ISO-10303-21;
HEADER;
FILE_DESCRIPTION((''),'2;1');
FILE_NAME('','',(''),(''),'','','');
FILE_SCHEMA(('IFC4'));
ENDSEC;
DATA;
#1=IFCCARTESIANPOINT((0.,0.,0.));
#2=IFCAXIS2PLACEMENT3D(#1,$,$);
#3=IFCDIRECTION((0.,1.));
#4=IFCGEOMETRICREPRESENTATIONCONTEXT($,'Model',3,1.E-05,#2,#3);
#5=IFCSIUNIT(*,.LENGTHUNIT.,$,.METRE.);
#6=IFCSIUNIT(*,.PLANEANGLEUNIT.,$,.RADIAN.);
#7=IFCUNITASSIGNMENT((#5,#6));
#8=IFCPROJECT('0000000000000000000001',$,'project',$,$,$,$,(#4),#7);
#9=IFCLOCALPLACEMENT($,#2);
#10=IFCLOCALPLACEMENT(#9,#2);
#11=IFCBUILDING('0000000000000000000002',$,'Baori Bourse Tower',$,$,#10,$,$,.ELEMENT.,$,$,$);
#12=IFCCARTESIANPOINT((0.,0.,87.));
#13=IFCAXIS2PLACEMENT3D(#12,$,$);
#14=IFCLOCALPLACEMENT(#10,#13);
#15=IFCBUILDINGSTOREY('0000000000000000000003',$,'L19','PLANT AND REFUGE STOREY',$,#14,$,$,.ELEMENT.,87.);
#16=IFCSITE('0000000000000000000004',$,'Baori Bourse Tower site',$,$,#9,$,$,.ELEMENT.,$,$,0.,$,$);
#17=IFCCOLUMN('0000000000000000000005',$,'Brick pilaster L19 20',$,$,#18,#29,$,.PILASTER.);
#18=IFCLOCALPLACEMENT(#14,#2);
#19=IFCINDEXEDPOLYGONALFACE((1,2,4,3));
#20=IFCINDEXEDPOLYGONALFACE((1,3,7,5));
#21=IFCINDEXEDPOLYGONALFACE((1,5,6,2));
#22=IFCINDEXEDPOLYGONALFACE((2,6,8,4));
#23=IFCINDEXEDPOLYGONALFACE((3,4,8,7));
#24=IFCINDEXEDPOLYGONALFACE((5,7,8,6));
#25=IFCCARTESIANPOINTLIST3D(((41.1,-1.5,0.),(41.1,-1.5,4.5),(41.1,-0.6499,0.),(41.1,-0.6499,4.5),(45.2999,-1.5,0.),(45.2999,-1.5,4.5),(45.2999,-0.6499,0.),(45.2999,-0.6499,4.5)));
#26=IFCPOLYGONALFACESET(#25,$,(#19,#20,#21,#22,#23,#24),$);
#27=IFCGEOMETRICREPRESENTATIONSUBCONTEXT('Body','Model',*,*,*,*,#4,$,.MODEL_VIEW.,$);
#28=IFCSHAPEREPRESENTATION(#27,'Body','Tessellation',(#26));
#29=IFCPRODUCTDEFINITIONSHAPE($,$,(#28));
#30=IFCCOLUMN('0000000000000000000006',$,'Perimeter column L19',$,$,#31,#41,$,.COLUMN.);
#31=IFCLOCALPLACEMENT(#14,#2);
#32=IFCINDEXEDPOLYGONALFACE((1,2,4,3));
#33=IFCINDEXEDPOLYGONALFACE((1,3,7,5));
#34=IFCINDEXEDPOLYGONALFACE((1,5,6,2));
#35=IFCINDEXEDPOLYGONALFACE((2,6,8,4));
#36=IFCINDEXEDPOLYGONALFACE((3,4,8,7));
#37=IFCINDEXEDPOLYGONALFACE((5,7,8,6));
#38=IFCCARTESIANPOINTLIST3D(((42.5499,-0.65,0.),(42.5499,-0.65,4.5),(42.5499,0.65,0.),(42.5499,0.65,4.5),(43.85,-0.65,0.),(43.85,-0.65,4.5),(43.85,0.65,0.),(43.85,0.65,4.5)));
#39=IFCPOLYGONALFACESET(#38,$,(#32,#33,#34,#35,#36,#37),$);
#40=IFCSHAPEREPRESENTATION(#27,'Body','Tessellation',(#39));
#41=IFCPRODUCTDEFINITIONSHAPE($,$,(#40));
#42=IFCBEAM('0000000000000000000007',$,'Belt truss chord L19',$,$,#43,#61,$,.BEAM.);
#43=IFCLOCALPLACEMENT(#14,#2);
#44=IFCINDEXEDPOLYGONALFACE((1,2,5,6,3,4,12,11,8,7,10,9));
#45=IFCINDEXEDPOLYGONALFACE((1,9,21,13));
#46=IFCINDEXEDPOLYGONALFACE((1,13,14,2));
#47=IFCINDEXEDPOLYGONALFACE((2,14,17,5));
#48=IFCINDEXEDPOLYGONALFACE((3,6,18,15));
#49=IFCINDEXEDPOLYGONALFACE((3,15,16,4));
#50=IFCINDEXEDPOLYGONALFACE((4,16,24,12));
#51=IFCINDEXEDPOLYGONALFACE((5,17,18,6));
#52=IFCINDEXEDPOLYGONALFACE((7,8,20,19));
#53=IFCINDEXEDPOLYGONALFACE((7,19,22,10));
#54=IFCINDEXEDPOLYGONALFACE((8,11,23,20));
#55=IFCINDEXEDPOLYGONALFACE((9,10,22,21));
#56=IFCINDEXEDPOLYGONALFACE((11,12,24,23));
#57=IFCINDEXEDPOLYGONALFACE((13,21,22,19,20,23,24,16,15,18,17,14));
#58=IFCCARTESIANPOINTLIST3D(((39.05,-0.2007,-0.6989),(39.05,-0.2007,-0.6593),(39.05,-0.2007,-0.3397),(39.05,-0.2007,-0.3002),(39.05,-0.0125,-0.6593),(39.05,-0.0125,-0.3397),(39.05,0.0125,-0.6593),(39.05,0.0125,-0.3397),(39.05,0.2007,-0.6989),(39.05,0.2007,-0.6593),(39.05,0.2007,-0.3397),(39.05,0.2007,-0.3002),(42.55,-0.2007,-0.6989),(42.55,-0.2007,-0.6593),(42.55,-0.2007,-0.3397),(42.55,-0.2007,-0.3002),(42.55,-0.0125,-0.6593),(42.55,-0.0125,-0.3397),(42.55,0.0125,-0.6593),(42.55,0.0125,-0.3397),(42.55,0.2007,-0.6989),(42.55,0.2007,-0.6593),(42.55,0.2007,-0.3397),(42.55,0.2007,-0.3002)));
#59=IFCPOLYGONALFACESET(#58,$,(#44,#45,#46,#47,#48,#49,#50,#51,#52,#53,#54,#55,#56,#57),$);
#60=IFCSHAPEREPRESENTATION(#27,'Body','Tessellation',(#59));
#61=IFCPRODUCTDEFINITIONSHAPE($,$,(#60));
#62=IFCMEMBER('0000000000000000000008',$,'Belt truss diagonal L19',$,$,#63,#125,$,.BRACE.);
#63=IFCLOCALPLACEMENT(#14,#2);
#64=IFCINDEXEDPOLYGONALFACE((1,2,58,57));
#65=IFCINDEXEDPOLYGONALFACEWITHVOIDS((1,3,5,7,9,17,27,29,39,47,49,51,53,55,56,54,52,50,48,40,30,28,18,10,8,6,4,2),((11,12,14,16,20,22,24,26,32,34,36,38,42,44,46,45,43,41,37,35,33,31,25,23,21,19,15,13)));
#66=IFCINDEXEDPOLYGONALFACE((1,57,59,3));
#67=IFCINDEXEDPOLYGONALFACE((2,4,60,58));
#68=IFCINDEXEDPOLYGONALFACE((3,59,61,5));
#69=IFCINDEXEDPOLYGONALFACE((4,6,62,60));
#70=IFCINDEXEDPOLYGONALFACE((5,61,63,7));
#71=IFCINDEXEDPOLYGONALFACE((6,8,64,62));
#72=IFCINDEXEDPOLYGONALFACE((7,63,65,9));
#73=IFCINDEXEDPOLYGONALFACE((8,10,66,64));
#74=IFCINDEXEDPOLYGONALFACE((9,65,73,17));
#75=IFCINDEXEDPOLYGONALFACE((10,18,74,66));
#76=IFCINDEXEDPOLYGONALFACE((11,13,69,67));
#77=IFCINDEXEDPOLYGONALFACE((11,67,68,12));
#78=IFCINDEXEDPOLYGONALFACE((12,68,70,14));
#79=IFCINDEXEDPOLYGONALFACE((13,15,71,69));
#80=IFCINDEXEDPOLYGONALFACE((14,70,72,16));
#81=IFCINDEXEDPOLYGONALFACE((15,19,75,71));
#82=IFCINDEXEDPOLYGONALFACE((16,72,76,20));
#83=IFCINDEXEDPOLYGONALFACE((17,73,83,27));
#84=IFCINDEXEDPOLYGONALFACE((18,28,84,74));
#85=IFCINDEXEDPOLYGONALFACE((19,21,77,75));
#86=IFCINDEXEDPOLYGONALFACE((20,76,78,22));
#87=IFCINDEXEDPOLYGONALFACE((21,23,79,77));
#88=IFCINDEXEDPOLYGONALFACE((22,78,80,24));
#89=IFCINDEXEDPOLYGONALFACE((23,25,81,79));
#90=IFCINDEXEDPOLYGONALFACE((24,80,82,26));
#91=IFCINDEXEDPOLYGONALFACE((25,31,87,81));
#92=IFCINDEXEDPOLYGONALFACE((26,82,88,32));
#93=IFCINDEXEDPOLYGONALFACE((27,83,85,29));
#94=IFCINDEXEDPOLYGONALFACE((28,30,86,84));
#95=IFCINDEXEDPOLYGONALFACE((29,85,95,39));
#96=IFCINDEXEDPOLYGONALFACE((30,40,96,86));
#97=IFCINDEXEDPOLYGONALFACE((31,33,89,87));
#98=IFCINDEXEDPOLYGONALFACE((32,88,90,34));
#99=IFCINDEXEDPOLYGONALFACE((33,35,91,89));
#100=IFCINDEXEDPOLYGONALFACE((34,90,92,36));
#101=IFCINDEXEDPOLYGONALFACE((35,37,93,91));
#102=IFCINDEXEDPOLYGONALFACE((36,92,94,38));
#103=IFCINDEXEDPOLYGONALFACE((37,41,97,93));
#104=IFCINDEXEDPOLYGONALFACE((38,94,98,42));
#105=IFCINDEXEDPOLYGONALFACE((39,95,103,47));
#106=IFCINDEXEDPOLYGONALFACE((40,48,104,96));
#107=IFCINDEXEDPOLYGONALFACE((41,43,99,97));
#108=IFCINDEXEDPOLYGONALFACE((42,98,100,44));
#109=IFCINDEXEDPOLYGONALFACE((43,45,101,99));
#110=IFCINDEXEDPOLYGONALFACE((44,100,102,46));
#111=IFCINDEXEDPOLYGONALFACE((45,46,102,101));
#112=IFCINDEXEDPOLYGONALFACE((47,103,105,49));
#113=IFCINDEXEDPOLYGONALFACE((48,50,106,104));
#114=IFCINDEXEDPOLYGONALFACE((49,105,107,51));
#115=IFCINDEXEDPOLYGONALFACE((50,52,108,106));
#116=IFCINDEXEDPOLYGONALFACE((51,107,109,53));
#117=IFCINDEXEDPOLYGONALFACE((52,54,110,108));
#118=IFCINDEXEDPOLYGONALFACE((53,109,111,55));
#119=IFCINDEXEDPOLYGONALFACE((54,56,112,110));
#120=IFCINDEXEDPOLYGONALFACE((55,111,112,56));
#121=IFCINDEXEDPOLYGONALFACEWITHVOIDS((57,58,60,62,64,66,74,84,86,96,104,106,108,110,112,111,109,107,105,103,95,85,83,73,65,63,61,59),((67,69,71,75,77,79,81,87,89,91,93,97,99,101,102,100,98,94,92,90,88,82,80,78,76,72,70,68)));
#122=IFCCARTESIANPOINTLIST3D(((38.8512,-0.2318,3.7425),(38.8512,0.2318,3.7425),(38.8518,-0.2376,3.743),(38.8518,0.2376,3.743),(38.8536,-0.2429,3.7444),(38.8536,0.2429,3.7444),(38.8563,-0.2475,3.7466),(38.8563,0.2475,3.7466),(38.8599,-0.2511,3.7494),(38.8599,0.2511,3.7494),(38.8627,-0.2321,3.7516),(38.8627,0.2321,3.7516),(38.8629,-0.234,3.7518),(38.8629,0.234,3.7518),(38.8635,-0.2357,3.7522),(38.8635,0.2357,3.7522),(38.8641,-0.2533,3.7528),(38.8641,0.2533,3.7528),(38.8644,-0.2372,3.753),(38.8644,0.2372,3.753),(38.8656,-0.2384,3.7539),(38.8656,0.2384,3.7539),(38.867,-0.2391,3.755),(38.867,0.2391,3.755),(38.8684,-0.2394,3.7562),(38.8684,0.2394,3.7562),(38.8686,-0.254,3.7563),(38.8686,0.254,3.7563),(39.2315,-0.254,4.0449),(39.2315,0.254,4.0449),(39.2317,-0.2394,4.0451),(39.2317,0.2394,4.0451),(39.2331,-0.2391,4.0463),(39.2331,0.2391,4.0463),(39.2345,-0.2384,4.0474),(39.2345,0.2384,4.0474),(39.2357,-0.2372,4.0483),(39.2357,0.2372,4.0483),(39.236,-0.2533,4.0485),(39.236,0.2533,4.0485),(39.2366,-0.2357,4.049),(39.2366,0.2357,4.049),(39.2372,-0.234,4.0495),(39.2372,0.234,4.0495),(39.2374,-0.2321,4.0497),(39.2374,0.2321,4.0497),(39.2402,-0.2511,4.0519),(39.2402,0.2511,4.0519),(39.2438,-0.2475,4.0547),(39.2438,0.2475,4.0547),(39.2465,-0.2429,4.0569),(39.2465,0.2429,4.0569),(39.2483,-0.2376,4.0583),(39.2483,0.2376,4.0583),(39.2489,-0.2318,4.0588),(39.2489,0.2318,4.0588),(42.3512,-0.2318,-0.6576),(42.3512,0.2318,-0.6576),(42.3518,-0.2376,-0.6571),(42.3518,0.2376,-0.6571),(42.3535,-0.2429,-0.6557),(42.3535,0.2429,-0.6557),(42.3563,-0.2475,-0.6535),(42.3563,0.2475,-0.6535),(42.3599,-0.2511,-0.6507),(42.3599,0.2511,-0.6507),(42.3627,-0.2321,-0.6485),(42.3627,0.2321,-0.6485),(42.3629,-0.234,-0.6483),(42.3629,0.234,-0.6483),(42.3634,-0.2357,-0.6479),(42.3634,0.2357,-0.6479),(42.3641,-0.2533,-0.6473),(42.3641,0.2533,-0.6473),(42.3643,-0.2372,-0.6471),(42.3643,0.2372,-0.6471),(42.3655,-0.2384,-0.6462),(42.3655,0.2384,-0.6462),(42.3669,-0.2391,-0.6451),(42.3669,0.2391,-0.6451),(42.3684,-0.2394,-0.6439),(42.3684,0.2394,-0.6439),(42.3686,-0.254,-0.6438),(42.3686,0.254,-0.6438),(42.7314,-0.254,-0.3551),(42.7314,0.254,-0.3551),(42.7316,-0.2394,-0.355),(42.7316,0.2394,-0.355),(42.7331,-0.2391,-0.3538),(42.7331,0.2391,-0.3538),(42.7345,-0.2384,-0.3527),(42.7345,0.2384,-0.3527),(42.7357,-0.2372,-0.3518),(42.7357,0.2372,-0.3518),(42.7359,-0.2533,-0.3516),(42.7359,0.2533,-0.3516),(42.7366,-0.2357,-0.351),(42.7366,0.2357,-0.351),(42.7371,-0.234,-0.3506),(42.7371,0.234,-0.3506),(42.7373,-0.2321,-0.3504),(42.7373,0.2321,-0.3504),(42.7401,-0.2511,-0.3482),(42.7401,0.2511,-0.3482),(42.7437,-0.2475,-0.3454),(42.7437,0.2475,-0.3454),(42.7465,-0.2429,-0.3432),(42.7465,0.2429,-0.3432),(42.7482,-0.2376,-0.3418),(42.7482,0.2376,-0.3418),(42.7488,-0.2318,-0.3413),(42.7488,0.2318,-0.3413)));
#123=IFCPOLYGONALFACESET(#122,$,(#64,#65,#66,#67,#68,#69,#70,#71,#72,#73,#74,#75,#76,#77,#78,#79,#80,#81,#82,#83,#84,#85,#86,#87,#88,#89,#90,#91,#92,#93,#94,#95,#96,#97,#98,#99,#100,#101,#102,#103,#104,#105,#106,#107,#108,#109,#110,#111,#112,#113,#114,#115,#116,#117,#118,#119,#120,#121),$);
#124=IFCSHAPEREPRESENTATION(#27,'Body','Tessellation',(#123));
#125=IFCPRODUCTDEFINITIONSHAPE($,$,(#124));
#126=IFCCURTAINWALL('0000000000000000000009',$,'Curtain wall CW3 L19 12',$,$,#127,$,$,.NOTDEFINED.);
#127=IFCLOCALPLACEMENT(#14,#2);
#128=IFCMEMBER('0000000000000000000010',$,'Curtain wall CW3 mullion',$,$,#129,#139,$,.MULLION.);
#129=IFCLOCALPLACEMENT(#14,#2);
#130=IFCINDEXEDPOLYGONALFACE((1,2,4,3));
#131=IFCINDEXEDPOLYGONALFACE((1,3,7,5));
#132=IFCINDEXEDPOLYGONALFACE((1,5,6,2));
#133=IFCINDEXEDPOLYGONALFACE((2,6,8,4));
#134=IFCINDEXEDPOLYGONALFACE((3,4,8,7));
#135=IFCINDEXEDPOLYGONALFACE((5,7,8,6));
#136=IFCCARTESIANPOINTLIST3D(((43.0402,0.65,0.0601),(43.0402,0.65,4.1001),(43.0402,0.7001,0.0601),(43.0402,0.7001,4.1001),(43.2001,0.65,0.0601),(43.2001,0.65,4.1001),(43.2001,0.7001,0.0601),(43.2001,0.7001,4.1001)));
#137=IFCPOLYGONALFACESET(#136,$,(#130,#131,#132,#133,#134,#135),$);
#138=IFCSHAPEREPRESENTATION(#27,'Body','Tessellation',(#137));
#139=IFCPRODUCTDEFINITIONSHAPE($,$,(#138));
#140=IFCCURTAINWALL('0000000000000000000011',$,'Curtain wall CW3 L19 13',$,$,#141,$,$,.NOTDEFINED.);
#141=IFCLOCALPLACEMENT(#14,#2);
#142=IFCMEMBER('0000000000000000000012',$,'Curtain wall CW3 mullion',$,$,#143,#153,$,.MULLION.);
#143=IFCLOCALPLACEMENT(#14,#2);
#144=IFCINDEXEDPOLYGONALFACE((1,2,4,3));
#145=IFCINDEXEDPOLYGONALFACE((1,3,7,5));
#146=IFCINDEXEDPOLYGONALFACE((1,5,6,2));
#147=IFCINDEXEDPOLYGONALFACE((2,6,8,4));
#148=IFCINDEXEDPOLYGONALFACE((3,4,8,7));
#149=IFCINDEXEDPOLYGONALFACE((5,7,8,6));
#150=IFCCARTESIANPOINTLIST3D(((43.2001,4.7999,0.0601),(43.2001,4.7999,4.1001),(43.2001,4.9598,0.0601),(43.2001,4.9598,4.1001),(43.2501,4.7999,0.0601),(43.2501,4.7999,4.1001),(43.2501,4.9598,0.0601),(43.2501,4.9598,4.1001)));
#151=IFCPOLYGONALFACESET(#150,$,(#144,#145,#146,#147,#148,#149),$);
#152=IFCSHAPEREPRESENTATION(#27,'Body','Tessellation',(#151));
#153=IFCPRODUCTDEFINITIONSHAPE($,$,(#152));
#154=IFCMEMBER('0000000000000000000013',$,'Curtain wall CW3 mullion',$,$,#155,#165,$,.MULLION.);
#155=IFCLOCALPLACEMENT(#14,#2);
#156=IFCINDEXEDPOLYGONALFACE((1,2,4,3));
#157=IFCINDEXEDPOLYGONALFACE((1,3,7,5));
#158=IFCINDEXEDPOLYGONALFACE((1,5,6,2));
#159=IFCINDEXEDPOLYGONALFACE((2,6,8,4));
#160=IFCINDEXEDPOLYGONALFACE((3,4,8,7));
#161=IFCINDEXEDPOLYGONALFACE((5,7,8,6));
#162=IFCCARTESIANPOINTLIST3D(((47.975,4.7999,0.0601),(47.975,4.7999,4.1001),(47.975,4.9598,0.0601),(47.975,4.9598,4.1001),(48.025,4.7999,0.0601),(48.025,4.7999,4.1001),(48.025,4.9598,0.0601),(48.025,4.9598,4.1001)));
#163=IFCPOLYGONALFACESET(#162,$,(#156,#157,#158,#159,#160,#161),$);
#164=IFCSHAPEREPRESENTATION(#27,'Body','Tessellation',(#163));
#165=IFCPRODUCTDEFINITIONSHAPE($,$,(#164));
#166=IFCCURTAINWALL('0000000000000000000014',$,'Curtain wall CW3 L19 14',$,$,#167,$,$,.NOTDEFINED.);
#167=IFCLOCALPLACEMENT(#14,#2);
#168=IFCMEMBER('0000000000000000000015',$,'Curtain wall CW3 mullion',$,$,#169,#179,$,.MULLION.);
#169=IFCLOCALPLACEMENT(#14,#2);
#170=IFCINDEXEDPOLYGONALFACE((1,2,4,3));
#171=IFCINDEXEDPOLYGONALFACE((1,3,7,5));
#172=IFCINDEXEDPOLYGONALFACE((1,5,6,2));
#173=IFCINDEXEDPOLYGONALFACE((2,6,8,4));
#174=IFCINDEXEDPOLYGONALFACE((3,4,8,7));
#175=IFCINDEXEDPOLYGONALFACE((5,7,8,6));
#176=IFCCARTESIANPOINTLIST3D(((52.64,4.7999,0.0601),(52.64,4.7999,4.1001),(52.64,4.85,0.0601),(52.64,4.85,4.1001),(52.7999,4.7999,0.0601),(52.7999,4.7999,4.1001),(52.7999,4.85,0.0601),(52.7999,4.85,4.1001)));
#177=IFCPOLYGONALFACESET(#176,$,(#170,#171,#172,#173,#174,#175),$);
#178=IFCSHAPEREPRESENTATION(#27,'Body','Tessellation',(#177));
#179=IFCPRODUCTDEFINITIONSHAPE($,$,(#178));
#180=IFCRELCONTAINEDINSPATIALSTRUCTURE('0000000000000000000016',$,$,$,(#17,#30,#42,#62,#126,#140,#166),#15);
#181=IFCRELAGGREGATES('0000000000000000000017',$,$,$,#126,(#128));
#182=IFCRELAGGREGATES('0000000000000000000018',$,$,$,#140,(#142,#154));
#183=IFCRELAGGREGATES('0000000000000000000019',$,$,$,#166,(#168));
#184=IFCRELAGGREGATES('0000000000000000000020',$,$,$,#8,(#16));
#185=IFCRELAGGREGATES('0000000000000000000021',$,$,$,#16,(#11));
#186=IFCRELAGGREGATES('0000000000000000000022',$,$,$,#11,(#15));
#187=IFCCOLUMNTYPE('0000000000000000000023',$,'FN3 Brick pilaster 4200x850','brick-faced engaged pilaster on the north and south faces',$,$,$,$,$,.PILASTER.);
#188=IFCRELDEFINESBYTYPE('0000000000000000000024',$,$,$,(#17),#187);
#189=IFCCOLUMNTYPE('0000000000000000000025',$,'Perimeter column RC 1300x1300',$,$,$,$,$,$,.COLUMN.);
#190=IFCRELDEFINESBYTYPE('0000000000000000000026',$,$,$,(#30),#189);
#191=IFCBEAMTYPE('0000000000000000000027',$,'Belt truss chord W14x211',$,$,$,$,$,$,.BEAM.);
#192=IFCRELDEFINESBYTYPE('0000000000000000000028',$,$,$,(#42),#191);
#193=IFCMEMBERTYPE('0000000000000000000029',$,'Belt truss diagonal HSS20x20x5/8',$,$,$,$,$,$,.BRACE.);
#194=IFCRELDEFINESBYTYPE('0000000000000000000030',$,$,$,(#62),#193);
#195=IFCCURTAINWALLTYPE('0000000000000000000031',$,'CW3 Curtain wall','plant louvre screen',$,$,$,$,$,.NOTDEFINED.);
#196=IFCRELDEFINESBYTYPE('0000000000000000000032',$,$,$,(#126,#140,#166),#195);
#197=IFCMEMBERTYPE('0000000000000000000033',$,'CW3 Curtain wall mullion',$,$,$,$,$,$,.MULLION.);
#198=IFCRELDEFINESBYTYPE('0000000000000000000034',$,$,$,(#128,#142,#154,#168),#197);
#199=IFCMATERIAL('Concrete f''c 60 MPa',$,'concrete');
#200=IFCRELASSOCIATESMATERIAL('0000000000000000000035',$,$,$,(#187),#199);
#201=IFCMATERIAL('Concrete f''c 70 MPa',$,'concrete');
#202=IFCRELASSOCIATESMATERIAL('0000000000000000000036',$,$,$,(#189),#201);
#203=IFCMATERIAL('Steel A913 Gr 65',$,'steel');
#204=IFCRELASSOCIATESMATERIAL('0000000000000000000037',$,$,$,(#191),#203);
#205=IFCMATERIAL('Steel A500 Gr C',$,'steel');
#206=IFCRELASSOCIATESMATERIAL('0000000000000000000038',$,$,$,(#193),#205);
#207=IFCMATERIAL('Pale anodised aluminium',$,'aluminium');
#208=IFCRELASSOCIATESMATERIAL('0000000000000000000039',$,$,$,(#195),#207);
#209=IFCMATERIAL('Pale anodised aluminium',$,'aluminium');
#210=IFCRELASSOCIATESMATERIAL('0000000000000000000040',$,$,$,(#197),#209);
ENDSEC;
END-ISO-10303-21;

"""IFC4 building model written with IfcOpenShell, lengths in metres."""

from ifc_helpers import new_model, si_unit, direction, frame, origin, origin_2d, place, context, subcontext, project, spatial, rectangle, hollow_rectangle, i_section, extrude, material, material_profile, profile_set, type_object, element, aggregate, save


model = new_model("IFC4")

# Units and contexts
model_context = context("Model", 3, precision=1e-05, world=origin(), true_north=direction((0.0, 1.0)))
body_context = subcontext(model_context, "Body", "Model", "MODEL_VIEW")
ifc_project = project(units=[si_unit("LENGTHUNIT", "METRE"), si_unit("PLANEANGLEUNIT", "RADIAN")], contexts=[model_context])

# Site, building, storey
site_placement = place(None, origin())
site = spatial("IfcSite", under=ifc_project, at=site_placement, Name="Baori Bourse Tower site", CompositionType="ELEMENT", RefElevation=0.0)
building_placement = place(site_placement, origin())
building = spatial("IfcBuilding", under=site, at=building_placement, Name="Baori Bourse Tower", CompositionType="ELEMENT")
storey_placement = place(building_placement, frame((0.0, 0.0, 87.0)))
storey = spatial("IfcBuildingStorey", under=building, at=storey_placement, Name="L19", Description="PLANT AND REFUGE STOREY", CompositionType="ELEMENT", Elevation=87.0)

# Columns
ifc_material_1 = material(Name="Concrete f'c 60 MPa", Category="concrete")
ifc_material_profile_1 = material_profile(ifc_material_1, rectangle(XDim=4.2, YDim=0.8501, at=origin_2d()), Name="RC 4200x850")
ifc_profile_set_1 = profile_set([ifc_material_profile_1], Name="Concrete f'c 60 MPa")
column_type_1 = type_object("IfcColumnType", Name="FN3 Brick pilaster 4200x850", Description="brick-faced engaged pilaster on the north and south faces", PredefinedType="PILASTER", material=ifc_profile_set_1)
column_1_placement = place(storey_placement, frame((43.2, -1.075, 0.0), z_axis=(0.0, 0.0, 1.0), x_axis=(1.0, 0.0, 0.0)))
element("IfcColumn", 1, at=column_1_placement, inside=storey, type_object=column_type_1, Name="Brick pilaster L19 20", PredefinedType="PILASTER", context=body_context, shape_type="SweptSolid", body=[
    extrude(rectangle(XDim=4.2, YDim=0.8501, at=origin_2d()), origin(), (0.0, 0.0, 1.0), 4.5),
])
ifc_material_2 = material(Name="Concrete f'c 70 MPa", Category="concrete")
ifc_material_profile_2 = material_profile(ifc_material_2, rectangle(XDim=1.3, YDim=1.3, at=origin_2d()), Name="RC 1300x1300")
ifc_profile_set_2 = profile_set([ifc_material_profile_2], Name="Concrete f'c 70 MPa")
column_type_2 = type_object("IfcColumnType", Name="Perimeter column RC 1300x1300", PredefinedType="COLUMN", material=ifc_profile_set_2)
column_2_placement = place(storey_placement, frame((43.2, 0.0, 0.0), z_axis=(0.0, 0.0, 1.0), x_axis=(1.0, 0.0, 0.0)))
element("IfcColumn", 2, at=column_2_placement, inside=storey, type_object=column_type_2, Name="Perimeter column L19", PredefinedType="COLUMN", context=body_context, shape_type="SweptSolid", body=[
    extrude(rectangle(XDim=1.3, YDim=1.3, at=origin_2d()), origin(), (0.0, 0.0, 1.0), 4.5),
])

# Beam
ifc_material_3 = material(Name="Steel A913 Gr 65", Category="steel")
ifc_material_profile_3 = material_profile(ifc_material_3, i_section(OverallWidth=0.4014, OverallDepth=0.3987, WebThickness=0.0249, FlangeThickness=0.0396, at=origin_2d()), Name="W14x211")
ifc_profile_set_3 = profile_set([ifc_material_profile_3], Name="Steel A913 Gr 65")
beam_type_1 = type_object("IfcBeamType", Name="Belt truss chord W14x211", PredefinedType="BEAM", material=ifc_profile_set_3)
beam_1_placement = place(storey_placement, frame((39.05, 0.0, -0.4995), z_axis=(1.0, 0.0, 0.0), x_axis=(0.0, 1.0, 0.0)))
element("IfcBeam", 3, at=beam_1_placement, inside=storey, type_object=beam_type_1, Name="Belt truss chord L19", PredefinedType="BEAM", context=body_context, shape_type="SweptSolid", body=[
    extrude(i_section(OverallWidth=0.4014, OverallDepth=0.3987, WebThickness=0.0249, FlangeThickness=0.0396, at=origin_2d()), origin(), (0.0, 0.0, 1.0), 3.5),
])

# Member
ifc_material_4 = material(Name="Steel A500 Gr C", Category="steel")
ifc_material_profile_4 = material_profile(ifc_material_4, hollow_rectangle(XDim=0.5081, YDim=0.5081, WallThickness=0.0146, InnerFilletRadius=0.0073, OuterFilletRadius=0.0222, at=origin_2d()), Name="HSS20x20x5/8")
ifc_profile_set_4 = profile_set([ifc_material_profile_4], Name="Steel A500 Gr C")
member_type_1 = type_object("IfcMemberType", Name="Belt truss diagonal HSS20x20x5/8", PredefinedType="BRACE", material=ifc_profile_set_4)
member_1_placement = place(storey_placement, frame((39.05, 0.0, 3.9006), z_axis=(0.622511, 0.0, -0.782611), x_axis=(0.0, 1.0, 0.0)))
element("IfcMember", 4, at=member_1_placement, inside=storey, type_object=member_type_1, Name="Belt truss diagonal L19", PredefinedType="BRACE", context=body_context, shape_type="SweptSolid", body=[
    extrude(hollow_rectangle(XDim=0.5081, YDim=0.5081, WallThickness=0.0146, InnerFilletRadius=0.0073, OuterFilletRadius=0.0222, at=origin_2d()), origin(), (0.0, 0.0, 1.0), 5.6223),
])

# Curtain wall, member
ifc_material_5 = material(Name="Pale anodised aluminium", Category="aluminium")
curtain_wall_type = type_object("IfcCurtainWallType", Name="CW3 Curtain wall", Description="plant louvre screen", PredefinedType="NOTDEFINED", material=ifc_material_5)
curtain_wall_1_placement = place(storey_placement, origin())
curtain_wall_1 = element("IfcCurtainWall", 5, at=curtain_wall_1_placement, inside=storey, type_object=curtain_wall_type, Name="Curtain wall CW3 L19 12", PredefinedType="NOTDEFINED")
ifc_material_6 = material(Name="Pale anodised aluminium", Category="aluminium")
ifc_material_profile_5 = material_profile(ifc_material_6, rectangle(XDim=0.1599, YDim=0.05, at=origin_2d()), Name="Mullion 50x160")
ifc_profile_set_5 = profile_set([ifc_material_profile_5], Name="Pale anodised aluminium")
member_type_2 = type_object("IfcMemberType", Name="CW3 Curtain wall mullion", PredefinedType="MULLION", material=ifc_profile_set_5)
member_2_placement = place(storey_placement, frame((43.1201, 0.675, 0.0601), z_axis=(0.0, 0.0, 1.0), x_axis=(-1.0, 0.0, 0.0)))
member_2 = element("IfcMember", 6, at=member_2_placement, type_object=member_type_2, Name="Curtain wall CW3 mullion", PredefinedType="MULLION", context=body_context, shape_type="SweptSolid", body=[
    extrude(rectangle(XDim=0.1599, YDim=0.05, at=origin_2d()), origin(), (0.0, 0.0, 1.0), 4.04),
])

# Curtain wall, members
curtain_wall_2_placement = place(storey_placement, origin())
curtain_wall_2 = element("IfcCurtainWall", 7, at=curtain_wall_2_placement, inside=storey, type_object=curtain_wall_type, Name="Curtain wall CW3 L19 13", PredefinedType="NOTDEFINED")
member_3_placement = place(storey_placement, frame((43.2251, 4.8799, 0.0601), z_axis=(0.0, 0.0, 1.0), x_axis=(0.0, 1.0, 0.0)))
member_3 = element("IfcMember", 8, at=member_3_placement, type_object=member_type_2, Name="Curtain wall CW3 mullion", PredefinedType="MULLION", context=body_context, shape_type="SweptSolid", body=[
    extrude(rectangle(XDim=0.1599, YDim=0.05, at=origin_2d()), origin(), (0.0, 0.0, 1.0), 4.04),
])
member_4_placement = place(storey_placement, frame((48.0, 4.8799, 0.0601), z_axis=(0.0, 0.0, 1.0), x_axis=(0.0, 1.0, 0.0)))
member_4 = element("IfcMember", 9, at=member_4_placement, type_object=member_type_2, Name="Curtain wall CW3 mullion", PredefinedType="MULLION", context=body_context, shape_type="SweptSolid", body=[
    extrude(rectangle(XDim=0.1599, YDim=0.05, at=origin_2d()), origin(), (0.0, 0.0, 1.0), 4.04),
])

# Curtain wall, member
curtain_wall_3_placement = place(storey_placement, origin())
curtain_wall_3 = element("IfcCurtainWall", 10, at=curtain_wall_3_placement, inside=storey, type_object=curtain_wall_type, Name="Curtain wall CW3 L19 14", PredefinedType="NOTDEFINED")
member_5_placement = place(storey_placement, frame((52.72, 4.825, 0.0601), z_axis=(0.0, 0.0, 1.0), x_axis=(-1.0, 0.0, 0.0)))
member_5 = element("IfcMember", 11, at=member_5_placement, type_object=member_type_2, Name="Curtain wall CW3 mullion", PredefinedType="MULLION", context=body_context, shape_type="SweptSolid", body=[
    extrude(rectangle(XDim=0.1599, YDim=0.05, at=origin_2d()), origin(), (0.0, 0.0, 1.0), 4.04),
])

aggregate(curtain_wall_1, [member_2])
aggregate(curtain_wall_2, [member_3, member_4])
aggregate(curtain_wall_3, [member_5])

save(model, "model.ifc")
